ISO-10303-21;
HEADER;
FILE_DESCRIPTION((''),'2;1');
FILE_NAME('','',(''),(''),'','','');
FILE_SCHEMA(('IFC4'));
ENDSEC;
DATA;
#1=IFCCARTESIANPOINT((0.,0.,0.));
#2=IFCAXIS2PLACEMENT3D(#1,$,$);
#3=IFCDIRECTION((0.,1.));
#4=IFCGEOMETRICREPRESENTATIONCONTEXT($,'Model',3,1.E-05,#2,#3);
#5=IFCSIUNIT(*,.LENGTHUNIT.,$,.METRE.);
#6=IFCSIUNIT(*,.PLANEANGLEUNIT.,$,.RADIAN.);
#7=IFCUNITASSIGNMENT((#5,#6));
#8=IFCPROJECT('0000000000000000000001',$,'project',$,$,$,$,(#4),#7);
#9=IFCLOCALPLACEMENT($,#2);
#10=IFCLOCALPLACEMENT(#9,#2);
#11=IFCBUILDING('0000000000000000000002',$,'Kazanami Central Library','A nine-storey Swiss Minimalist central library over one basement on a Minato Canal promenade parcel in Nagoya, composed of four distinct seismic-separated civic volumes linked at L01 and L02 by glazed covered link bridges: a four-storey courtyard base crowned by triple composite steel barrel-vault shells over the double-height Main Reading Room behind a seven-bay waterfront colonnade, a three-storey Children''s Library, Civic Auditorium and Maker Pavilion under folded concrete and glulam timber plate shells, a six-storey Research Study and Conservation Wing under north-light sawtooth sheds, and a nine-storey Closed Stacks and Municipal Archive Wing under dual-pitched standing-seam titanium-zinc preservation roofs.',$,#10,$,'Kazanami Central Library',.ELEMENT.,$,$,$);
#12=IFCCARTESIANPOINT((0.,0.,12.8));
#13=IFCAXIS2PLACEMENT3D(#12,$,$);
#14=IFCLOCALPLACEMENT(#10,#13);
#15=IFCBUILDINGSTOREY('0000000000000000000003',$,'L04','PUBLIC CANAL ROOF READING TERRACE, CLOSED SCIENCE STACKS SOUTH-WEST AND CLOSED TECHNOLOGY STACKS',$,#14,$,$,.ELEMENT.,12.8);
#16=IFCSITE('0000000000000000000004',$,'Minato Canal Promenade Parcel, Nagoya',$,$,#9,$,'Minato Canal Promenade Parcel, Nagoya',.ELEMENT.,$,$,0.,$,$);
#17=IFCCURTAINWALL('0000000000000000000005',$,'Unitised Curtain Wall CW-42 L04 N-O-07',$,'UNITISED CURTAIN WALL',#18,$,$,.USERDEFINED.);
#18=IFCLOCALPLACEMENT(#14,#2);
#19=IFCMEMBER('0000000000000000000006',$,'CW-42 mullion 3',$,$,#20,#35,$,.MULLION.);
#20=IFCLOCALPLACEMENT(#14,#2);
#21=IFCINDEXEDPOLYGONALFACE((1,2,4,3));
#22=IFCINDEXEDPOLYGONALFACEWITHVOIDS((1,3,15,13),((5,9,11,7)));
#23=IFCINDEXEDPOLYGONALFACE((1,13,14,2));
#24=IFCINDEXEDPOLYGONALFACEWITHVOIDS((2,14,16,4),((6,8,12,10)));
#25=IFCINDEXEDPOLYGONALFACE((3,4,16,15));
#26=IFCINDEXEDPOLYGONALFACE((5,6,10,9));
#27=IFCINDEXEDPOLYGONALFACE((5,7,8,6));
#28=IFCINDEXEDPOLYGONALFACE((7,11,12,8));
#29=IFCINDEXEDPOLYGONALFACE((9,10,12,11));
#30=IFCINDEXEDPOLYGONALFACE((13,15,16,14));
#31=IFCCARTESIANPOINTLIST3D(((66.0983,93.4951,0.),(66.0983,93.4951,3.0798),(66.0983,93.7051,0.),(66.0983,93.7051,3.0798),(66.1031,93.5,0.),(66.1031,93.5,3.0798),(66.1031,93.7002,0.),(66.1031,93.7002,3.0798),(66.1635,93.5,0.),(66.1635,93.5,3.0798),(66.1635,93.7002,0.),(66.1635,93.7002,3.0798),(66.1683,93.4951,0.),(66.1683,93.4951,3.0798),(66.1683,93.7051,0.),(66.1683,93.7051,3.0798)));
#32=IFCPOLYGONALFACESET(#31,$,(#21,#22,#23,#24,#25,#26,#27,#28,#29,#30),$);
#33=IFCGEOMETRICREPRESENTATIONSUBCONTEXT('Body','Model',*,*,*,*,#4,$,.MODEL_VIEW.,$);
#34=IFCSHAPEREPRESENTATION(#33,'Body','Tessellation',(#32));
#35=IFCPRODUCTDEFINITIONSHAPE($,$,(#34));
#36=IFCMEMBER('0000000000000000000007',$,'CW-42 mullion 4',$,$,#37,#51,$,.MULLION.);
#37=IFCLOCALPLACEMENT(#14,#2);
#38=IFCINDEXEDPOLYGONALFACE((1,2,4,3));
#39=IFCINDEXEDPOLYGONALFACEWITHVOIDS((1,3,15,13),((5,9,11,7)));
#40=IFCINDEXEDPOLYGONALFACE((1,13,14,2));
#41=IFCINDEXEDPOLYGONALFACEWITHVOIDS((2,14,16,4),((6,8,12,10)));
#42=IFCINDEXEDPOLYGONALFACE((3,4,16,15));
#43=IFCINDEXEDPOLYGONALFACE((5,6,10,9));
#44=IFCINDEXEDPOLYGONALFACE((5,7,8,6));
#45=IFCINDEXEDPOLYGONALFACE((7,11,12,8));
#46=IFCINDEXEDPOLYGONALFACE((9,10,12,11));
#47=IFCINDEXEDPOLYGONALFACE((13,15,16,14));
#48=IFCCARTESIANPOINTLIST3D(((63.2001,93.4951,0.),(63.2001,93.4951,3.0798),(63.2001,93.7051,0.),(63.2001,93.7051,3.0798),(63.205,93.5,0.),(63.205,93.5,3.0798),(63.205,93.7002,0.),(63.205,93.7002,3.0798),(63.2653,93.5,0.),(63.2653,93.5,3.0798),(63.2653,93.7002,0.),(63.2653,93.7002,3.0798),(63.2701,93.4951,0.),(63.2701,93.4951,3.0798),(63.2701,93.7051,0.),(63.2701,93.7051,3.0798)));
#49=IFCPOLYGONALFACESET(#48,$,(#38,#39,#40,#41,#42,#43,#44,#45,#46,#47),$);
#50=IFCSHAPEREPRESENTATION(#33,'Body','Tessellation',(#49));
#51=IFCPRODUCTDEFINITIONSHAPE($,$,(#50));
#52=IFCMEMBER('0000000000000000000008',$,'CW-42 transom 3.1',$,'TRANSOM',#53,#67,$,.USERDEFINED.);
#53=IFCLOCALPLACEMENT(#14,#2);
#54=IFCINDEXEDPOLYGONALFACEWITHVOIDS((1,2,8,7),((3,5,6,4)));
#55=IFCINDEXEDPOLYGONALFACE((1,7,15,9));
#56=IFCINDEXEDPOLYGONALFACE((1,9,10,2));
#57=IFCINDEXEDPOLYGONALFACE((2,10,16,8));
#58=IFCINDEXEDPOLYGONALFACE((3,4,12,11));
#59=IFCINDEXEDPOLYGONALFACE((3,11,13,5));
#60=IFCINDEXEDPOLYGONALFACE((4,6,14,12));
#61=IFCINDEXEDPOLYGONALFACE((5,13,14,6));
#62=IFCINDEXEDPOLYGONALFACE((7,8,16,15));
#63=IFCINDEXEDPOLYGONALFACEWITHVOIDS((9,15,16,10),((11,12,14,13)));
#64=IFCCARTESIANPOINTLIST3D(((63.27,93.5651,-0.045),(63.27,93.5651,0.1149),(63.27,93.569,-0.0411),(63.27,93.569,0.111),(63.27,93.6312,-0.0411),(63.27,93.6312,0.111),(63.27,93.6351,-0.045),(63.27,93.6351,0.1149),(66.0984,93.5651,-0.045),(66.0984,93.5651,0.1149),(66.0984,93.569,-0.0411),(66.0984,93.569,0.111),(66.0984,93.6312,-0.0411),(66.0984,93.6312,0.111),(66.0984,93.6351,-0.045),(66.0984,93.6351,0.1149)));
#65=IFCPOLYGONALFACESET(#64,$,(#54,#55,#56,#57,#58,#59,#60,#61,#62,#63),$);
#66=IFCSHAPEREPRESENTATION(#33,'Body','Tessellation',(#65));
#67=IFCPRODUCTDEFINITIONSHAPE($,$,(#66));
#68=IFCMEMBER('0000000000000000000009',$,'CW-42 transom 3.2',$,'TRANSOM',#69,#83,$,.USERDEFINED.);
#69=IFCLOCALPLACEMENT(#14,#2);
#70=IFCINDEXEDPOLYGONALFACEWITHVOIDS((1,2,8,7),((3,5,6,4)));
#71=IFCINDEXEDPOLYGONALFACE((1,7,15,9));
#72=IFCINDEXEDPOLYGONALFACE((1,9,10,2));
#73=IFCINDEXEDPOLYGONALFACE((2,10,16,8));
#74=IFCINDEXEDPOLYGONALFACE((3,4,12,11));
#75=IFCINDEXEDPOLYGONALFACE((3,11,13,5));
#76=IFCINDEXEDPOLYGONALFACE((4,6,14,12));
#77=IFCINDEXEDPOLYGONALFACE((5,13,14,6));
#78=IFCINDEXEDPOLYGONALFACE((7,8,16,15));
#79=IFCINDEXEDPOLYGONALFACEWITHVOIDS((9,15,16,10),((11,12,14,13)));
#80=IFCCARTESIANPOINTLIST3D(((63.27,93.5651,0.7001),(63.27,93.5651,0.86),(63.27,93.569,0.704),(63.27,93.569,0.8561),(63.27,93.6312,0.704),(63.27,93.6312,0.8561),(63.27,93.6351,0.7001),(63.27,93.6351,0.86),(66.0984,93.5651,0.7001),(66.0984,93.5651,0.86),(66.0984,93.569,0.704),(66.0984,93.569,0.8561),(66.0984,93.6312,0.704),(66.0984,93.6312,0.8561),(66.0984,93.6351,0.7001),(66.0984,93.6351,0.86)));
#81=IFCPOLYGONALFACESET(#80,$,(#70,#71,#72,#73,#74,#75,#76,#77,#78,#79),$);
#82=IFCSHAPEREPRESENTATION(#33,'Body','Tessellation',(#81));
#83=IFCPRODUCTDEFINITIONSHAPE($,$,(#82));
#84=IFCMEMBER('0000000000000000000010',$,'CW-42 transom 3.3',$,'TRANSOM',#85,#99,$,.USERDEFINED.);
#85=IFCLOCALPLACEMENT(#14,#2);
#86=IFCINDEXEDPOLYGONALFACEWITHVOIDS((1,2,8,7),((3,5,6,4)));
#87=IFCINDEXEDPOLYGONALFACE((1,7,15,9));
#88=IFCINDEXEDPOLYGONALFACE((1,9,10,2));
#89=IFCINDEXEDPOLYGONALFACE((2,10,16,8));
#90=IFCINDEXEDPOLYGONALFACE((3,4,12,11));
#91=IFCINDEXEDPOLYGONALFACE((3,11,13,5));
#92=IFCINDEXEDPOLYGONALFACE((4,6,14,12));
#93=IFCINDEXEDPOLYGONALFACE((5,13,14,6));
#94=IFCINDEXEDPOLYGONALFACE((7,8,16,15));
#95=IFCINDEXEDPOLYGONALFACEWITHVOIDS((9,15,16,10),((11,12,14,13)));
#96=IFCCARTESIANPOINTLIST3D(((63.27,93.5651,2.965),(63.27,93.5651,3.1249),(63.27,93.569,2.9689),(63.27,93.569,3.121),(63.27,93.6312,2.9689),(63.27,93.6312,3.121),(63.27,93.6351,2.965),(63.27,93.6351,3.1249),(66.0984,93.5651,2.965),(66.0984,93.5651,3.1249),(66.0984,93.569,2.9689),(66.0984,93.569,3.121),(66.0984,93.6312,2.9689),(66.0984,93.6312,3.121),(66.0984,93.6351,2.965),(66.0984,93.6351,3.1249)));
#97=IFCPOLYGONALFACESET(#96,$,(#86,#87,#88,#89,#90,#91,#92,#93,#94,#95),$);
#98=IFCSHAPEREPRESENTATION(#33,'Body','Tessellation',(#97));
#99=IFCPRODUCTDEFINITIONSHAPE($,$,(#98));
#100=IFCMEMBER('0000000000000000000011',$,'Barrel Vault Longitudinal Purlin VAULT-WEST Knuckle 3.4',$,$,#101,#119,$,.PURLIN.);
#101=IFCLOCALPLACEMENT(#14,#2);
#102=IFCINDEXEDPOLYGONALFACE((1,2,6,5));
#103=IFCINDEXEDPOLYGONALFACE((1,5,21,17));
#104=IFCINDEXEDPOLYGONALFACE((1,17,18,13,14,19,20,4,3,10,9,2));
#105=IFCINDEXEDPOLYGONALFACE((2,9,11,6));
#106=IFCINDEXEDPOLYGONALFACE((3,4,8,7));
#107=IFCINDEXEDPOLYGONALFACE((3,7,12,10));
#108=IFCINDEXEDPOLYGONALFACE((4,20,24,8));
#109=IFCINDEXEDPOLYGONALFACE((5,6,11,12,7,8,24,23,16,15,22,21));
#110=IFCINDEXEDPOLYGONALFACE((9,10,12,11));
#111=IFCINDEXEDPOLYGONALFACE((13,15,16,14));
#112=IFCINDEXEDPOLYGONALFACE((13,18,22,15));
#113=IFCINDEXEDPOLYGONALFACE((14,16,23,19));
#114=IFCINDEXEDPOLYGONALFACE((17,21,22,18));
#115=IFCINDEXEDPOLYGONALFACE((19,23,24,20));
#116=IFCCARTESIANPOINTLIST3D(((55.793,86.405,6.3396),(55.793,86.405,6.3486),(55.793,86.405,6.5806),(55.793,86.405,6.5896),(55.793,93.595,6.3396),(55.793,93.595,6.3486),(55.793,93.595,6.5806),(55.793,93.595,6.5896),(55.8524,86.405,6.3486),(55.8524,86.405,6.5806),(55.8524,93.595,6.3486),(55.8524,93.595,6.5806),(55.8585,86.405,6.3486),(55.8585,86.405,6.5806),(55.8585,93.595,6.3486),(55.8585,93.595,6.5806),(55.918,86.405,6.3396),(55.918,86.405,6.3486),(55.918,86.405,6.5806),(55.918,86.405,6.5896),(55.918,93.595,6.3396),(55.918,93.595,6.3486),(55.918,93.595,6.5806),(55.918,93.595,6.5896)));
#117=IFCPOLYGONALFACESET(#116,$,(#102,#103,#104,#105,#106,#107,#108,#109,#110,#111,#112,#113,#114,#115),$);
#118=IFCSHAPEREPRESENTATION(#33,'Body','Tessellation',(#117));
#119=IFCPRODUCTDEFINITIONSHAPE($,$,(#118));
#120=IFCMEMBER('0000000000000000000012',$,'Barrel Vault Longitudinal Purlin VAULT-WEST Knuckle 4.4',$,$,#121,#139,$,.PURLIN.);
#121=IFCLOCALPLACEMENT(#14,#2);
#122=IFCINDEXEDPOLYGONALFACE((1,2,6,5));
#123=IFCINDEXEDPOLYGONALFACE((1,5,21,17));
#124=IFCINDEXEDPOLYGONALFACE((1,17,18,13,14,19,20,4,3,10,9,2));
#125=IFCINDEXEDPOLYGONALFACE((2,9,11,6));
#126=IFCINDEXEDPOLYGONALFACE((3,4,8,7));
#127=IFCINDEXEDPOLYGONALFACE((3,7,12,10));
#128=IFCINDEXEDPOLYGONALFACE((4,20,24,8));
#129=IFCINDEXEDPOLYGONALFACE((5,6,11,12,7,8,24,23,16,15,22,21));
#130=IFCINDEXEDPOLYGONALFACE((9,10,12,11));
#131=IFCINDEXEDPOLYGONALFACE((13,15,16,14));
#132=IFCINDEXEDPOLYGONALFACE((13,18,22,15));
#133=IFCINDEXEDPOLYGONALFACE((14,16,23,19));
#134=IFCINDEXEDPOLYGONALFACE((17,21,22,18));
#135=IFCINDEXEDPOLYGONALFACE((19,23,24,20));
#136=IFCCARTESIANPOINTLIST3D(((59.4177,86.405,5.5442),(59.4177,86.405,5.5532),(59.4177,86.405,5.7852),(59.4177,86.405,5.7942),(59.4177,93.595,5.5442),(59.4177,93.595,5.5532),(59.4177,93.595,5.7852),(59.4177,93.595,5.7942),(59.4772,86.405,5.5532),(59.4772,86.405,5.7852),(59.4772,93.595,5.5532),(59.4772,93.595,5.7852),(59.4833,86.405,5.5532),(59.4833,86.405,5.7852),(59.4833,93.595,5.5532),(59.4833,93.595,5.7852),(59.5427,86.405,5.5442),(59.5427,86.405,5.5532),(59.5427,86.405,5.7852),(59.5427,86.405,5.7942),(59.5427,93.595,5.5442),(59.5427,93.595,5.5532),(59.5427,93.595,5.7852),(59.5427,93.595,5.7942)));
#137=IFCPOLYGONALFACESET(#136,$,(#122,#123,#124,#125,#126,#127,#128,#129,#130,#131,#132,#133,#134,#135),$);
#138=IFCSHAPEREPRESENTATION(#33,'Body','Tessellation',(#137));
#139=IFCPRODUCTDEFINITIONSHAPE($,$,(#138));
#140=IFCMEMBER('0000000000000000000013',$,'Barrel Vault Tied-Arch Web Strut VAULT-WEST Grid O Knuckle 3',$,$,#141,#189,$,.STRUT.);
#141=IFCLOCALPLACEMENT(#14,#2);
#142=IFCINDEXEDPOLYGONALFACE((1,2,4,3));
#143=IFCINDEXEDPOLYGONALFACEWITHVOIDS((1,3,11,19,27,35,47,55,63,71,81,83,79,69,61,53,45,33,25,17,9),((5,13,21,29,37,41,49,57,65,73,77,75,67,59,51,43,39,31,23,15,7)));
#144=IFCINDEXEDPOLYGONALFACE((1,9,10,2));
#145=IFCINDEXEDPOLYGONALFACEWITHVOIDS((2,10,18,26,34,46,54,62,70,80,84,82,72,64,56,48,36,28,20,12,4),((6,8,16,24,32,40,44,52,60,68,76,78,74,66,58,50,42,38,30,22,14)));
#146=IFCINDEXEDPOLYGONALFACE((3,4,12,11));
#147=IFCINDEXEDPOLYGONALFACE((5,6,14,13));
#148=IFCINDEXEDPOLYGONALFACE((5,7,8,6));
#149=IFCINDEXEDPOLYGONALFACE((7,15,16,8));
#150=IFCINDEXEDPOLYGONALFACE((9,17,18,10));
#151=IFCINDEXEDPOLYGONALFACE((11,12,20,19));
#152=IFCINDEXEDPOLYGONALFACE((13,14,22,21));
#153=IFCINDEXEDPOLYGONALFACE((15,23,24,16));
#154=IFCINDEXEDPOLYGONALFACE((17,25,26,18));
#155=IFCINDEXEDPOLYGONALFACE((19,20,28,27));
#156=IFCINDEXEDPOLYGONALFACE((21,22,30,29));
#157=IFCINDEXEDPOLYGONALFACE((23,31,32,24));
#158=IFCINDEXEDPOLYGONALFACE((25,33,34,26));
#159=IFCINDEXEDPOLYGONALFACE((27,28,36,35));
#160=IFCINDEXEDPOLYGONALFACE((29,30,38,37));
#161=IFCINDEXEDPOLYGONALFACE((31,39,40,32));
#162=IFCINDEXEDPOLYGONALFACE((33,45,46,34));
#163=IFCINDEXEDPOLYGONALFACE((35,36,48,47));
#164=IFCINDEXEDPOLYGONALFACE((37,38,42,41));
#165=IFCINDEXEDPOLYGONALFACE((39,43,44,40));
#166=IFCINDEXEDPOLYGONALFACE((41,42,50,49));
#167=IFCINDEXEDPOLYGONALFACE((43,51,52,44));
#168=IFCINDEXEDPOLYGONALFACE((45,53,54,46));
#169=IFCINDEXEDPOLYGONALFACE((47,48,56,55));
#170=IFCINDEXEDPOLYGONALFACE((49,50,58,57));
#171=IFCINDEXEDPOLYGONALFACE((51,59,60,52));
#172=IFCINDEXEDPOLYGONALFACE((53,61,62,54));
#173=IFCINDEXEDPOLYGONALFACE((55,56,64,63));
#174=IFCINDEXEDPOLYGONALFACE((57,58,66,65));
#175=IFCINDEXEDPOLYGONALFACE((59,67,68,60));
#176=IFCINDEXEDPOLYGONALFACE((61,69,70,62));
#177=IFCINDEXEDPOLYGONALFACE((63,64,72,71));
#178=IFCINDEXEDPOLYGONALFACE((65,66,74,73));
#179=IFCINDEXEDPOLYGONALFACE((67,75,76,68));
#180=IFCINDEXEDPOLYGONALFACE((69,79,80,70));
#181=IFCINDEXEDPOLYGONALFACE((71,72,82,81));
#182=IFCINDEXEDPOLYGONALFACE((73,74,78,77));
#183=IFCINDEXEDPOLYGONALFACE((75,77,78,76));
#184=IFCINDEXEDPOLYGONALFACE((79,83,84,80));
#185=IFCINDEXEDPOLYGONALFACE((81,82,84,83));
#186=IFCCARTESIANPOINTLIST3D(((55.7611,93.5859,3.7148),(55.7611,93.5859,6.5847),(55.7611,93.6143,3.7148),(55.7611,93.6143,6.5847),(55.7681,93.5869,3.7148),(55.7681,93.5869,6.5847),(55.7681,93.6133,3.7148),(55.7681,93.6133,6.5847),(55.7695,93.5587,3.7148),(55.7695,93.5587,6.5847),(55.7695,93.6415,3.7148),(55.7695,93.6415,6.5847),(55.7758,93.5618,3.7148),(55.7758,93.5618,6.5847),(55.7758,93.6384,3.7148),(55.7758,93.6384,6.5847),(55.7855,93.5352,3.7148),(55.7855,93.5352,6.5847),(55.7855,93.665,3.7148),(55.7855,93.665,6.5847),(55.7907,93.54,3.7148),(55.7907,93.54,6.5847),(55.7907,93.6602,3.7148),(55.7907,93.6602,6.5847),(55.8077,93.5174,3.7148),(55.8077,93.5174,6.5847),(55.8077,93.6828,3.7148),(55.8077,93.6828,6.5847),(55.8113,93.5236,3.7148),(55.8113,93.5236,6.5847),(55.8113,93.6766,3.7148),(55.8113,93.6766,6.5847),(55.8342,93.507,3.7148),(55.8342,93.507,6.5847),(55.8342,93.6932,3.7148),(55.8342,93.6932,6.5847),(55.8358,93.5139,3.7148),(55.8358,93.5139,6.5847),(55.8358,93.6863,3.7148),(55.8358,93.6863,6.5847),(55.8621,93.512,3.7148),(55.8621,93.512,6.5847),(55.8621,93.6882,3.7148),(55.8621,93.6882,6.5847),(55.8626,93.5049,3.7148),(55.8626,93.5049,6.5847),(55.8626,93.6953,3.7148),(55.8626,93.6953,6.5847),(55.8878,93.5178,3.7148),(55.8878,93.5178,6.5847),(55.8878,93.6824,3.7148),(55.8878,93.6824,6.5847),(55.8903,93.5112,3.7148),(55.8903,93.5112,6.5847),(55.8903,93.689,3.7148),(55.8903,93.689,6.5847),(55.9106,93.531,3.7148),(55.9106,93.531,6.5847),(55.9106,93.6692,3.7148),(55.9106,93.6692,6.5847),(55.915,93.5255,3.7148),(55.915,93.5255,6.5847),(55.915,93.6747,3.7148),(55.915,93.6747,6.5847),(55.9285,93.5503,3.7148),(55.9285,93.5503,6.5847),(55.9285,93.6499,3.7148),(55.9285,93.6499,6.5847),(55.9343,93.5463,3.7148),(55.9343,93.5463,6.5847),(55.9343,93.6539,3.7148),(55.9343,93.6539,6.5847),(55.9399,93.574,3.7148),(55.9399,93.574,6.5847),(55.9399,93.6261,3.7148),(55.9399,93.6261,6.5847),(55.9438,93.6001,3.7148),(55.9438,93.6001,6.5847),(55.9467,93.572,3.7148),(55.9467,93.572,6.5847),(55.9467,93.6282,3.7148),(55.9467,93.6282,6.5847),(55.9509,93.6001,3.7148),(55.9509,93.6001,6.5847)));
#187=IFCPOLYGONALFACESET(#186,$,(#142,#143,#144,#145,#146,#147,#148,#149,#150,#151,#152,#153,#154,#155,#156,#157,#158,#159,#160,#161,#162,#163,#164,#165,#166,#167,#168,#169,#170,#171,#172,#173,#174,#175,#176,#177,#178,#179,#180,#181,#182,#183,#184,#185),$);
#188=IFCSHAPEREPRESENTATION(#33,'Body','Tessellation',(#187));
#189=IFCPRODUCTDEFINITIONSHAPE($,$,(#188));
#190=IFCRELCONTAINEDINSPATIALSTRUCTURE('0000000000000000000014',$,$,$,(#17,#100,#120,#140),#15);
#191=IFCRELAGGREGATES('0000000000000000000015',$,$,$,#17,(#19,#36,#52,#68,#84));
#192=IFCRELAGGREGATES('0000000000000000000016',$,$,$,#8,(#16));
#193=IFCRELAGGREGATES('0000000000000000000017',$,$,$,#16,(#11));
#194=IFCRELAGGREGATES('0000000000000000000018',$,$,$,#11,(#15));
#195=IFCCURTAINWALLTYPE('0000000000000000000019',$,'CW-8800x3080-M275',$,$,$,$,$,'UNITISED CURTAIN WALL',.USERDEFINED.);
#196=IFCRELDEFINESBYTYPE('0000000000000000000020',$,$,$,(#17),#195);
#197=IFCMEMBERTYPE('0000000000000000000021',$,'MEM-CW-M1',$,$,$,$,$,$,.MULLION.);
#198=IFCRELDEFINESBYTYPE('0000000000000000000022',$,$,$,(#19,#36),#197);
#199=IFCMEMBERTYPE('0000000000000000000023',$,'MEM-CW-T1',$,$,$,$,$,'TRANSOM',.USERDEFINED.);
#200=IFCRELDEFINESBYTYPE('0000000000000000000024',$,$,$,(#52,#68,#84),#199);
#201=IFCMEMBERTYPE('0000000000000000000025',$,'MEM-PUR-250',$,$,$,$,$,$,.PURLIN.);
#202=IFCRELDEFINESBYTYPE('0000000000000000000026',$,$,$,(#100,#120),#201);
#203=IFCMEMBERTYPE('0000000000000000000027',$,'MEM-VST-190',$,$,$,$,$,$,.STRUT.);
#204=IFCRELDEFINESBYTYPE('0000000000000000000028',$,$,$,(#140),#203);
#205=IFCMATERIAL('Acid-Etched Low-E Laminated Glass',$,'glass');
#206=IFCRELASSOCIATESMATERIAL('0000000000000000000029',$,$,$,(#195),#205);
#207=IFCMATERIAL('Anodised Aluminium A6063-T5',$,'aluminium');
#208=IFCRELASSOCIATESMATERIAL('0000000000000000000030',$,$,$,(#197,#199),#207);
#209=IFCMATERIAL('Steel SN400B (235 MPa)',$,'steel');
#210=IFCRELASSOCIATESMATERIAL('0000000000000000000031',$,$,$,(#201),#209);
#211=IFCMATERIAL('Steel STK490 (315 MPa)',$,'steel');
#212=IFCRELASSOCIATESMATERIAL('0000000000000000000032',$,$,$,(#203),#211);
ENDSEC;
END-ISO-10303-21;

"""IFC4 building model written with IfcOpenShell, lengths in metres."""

from ifc_helpers import new_model, si_unit, direction, frame, origin, origin_2d, place, context, subcontext, project, spatial, hollow_rectangle, hollow_circle, i_section, extrude, material, material_profile, profile_set, type_object, element, aggregate, save


model = new_model("IFC4")

# Units and contexts
model_context = context("Model", 3, precision=1e-05, world=origin(), true_north=direction((0.0, 1.0)))
body_context = subcontext(model_context, "Body", "Model", "MODEL_VIEW")
ifc_project = project(units=[si_unit("LENGTHUNIT", "METRE"), si_unit("PLANEANGLEUNIT", "RADIAN")], contexts=[model_context])

# Site, building, storey
site_placement = place(None, origin())
site = spatial("IfcSite", under=ifc_project, at=site_placement, Name="Minato Canal Promenade Parcel, Nagoya", LongName="Minato Canal Promenade Parcel, Nagoya", CompositionType="ELEMENT", RefElevation=0.0)
building_placement = place(site_placement, origin())
building = spatial("IfcBuilding", under=site, at=building_placement, Name="Kazanami Central Library", Description="A nine-storey Swiss Minimalist central library over one basement on a Minato Canal promenade parcel in Nagoya, composed of four distinct seismic-separated civic volumes linked at L01 and L02 by glazed covered link bridges: a four-storey courtyard base crowned by triple composite steel barrel-vault shells over the double-height Main Reading Room behind a seven-bay waterfront colonnade, a three-storey Children's Library, Civic Auditorium and Maker Pavilion under folded concrete and glulam timber plate shells, a six-storey Research Study and Conservation Wing under north-light sawtooth sheds, and a nine-storey Closed Stacks and Municipal Archive Wing under dual-pitched standing-seam titanium-zinc preservation roofs.", LongName="Kazanami Central Library", CompositionType="ELEMENT")
storey_placement = place(building_placement, frame((0.0, 0.0, 12.8)))
storey = spatial("IfcBuildingStorey", under=building, at=storey_placement, Name="L04", Description="PUBLIC CANAL ROOF READING TERRACE, CLOSED SCIENCE STACKS SOUTH-WEST AND CLOSED TECHNOLOGY STACKS", CompositionType="ELEMENT", Elevation=12.8)

# Curtain wall, members
ifc_material_1 = material(Name="Acid-Etched Low-E Laminated Glass", Category="glass")
curtain_wall_type = type_object("IfcCurtainWallType", Name="CW-8800x3080-M275", ElementType="UNITISED CURTAIN WALL", PredefinedType="USERDEFINED", material=ifc_material_1)
curtain_wall_placement = place(storey_placement, origin())
curtain_wall = element("IfcCurtainWall", 1, at=curtain_wall_placement, inside=storey, type_object=curtain_wall_type, Name="Unitised Curtain Wall CW-42 L04 N-O-07", ObjectType="UNITISED CURTAIN WALL", PredefinedType="USERDEFINED")
ifc_material_2 = material(Name="Anodised Aluminium A6063-T5", Category="aluminium")
ifc_material_profile_1 = material_profile(ifc_material_2, hollow_rectangle(XDim=0.0701, YDim=0.21, WallThickness=0.0049, at=origin_2d()), Name="ALU-MULL-70x210x5")
ifc_profile_set_1 = profile_set([ifc_material_profile_1], Name="Anodised Aluminium A6063-T5")
member_type_1 = type_object("IfcMemberType", Name="MEM-CW-M1", PredefinedType="MULLION", material=ifc_profile_set_1)
member_1_placement = place(storey_placement, frame((66.1333, 93.6001, 0.0), z_axis=(0.0, 0.0, 1.0), x_axis=(-1.0, 0.0, 0.0)))
member_1 = element("IfcMember", 2, at=member_1_placement, type_object=member_type_1, Name="CW-42 mullion 3", PredefinedType="MULLION", context=body_context, shape_type="SweptSolid", body=[
    extrude(hollow_rectangle(XDim=0.0701, YDim=0.21, WallThickness=0.0049, at=origin_2d()), origin(), (0.0, 0.0, 1.0), 3.0798),
])
member_2_placement = place(storey_placement, frame((63.2351, 93.6001, 0.0), z_axis=(0.0, 0.0, 1.0), x_axis=(-1.0, 0.0, 0.0)))
member_2 = element("IfcMember", 3, at=member_2_placement, type_object=member_type_1, Name="CW-42 mullion 4", PredefinedType="MULLION", context=body_context, shape_type="SweptSolid", body=[
    extrude(hollow_rectangle(XDim=0.0701, YDim=0.21, WallThickness=0.0049, at=origin_2d()), origin(), (0.0, 0.0, 1.0), 3.0798),
])
ifc_material_profile_2 = material_profile(ifc_material_2, hollow_rectangle(XDim=0.0701, YDim=0.1599, WallThickness=0.0039, at=origin_2d()), Name="ALU-TRAN-70x160x4")
ifc_profile_set_2 = profile_set([ifc_material_profile_2], Name="Anodised Aluminium A6063-T5")
member_type_2 = type_object("IfcMemberType", Name="MEM-CW-T1", ElementType="TRANSOM", PredefinedType="USERDEFINED", material=ifc_profile_set_2)
member_3_placement = place(storey_placement, frame((66.0984, 93.6001, 0.0349), z_axis=(-1.0, 0.0, 0.0), x_axis=(0.0, -1.0, 0.0)))
member_3 = element("IfcMember", 4, at=member_3_placement, type_object=member_type_2, Name="CW-42 transom 3.1", ObjectType="TRANSOM", PredefinedType="USERDEFINED", context=body_context, shape_type="SweptSolid", body=[
    extrude(hollow_rectangle(XDim=0.0701, YDim=0.1599, WallThickness=0.0039, at=origin_2d()), origin(), (0.0, 0.0, 1.0), 2.8284),
])
member_4_placement = place(storey_placement, frame((66.0984, 93.6001, 0.78), z_axis=(-1.0, 0.0, 0.0), x_axis=(0.0, -1.0, 0.0)))
member_4 = element("IfcMember", 5, at=member_4_placement, type_object=member_type_2, Name="CW-42 transom 3.2", ObjectType="TRANSOM", PredefinedType="USERDEFINED", context=body_context, shape_type="SweptSolid", body=[
    extrude(hollow_rectangle(XDim=0.0701, YDim=0.1599, WallThickness=0.0039, at=origin_2d()), origin(), (0.0, 0.0, 1.0), 2.8284),
])
member_5_placement = place(storey_placement, frame((66.0984, 93.6001, 3.0449), z_axis=(-1.0, 0.0, 0.0), x_axis=(0.0, -1.0, 0.0)))
member_5 = element("IfcMember", 6, at=member_5_placement, type_object=member_type_2, Name="CW-42 transom 3.3", ObjectType="TRANSOM", PredefinedType="USERDEFINED", context=body_context, shape_type="SweptSolid", body=[
    extrude(hollow_rectangle(XDim=0.0701, YDim=0.1599, WallThickness=0.0039, at=origin_2d()), origin(), (0.0, 0.0, 1.0), 2.8284),
])

# Members
ifc_material_3 = material(Name="Steel SN400B (235 MPa)", Category="steel")
ifc_material_profile_3 = material_profile(ifc_material_3, i_section(OverallWidth=0.125, OverallDepth=0.25, WebThickness=0.0061, FlangeThickness=0.009, at=origin_2d()), Name="H-250x125x6x9")
ifc_profile_set_3 = profile_set([ifc_material_profile_3], Name="Steel SN400B (235 MPa)")
member_type_3 = type_object("IfcMemberType", Name="MEM-PUR-250", PredefinedType="PURLIN", material=ifc_profile_set_3)
for number, where, z_axis, x_axis, name in (
    (7, (55.8555, 86.405, 6.4646), (0.0, 1.0, 0.0), (-1.0, 0.0, 0.0), "Barrel Vault Longitudinal Purlin VAULT-WEST Knuckle 3.4"),
    (8, (59.4802, 86.405, 5.6692), (0.0, 1.0, 0.0), (-1.0, 0.0, 0.0), "Barrel Vault Longitudinal Purlin VAULT-WEST Knuckle 4.4"),
):
    element("IfcMember", number, at=place(storey_placement, frame(where, z_axis=z_axis, x_axis=x_axis)), inside=storey, type_object=member_type_3, Name=name, PredefinedType="PURLIN", context=body_context, shape_type="SweptSolid", body=[
        extrude(i_section(OverallWidth=0.125, OverallDepth=0.25, WebThickness=0.0061, FlangeThickness=0.009, at=origin_2d()), origin(), (0.0, 0.0, 1.0), 7.1899),
    ])
ifc_material_4 = material(Name="Steel STK490 (315 MPa)", Category="steel")
ifc_material_profile_4 = material_profile(ifc_material_4, hollow_circle(Radius=0.0955, WallThickness=0.0071, at=origin_2d()), Name="CHS-190.7x7.0")
ifc_profile_set_4 = profile_set([ifc_material_profile_4], Name="Steel STK490 (315 MPa)")
member_type_4 = type_object("IfcMemberType", Name="MEM-VST-190", PredefinedType="STRUT", material=ifc_profile_set_4)
member_6_placement = place(storey_placement, frame((55.8555, 93.6001, 3.7148), z_axis=(0.0, 0.0, 1.0), x_axis=(1.0, 0.0, 0.0)))
element("IfcMember", 9, at=member_6_placement, inside=storey, type_object=member_type_4, Name="Barrel Vault Tied-Arch Web Strut VAULT-WEST Grid O Knuckle 3", PredefinedType="STRUT", context=body_context, shape_type="SweptSolid", body=[
    extrude(hollow_circle(Radius=0.0955, WallThickness=0.0071, at=origin_2d()), origin(), (0.0, 0.0, 1.0), 2.8699),
])

aggregate(curtain_wall, [member_1, member_2, member_3, member_4, member_5])

save(model, "model.ifc")
